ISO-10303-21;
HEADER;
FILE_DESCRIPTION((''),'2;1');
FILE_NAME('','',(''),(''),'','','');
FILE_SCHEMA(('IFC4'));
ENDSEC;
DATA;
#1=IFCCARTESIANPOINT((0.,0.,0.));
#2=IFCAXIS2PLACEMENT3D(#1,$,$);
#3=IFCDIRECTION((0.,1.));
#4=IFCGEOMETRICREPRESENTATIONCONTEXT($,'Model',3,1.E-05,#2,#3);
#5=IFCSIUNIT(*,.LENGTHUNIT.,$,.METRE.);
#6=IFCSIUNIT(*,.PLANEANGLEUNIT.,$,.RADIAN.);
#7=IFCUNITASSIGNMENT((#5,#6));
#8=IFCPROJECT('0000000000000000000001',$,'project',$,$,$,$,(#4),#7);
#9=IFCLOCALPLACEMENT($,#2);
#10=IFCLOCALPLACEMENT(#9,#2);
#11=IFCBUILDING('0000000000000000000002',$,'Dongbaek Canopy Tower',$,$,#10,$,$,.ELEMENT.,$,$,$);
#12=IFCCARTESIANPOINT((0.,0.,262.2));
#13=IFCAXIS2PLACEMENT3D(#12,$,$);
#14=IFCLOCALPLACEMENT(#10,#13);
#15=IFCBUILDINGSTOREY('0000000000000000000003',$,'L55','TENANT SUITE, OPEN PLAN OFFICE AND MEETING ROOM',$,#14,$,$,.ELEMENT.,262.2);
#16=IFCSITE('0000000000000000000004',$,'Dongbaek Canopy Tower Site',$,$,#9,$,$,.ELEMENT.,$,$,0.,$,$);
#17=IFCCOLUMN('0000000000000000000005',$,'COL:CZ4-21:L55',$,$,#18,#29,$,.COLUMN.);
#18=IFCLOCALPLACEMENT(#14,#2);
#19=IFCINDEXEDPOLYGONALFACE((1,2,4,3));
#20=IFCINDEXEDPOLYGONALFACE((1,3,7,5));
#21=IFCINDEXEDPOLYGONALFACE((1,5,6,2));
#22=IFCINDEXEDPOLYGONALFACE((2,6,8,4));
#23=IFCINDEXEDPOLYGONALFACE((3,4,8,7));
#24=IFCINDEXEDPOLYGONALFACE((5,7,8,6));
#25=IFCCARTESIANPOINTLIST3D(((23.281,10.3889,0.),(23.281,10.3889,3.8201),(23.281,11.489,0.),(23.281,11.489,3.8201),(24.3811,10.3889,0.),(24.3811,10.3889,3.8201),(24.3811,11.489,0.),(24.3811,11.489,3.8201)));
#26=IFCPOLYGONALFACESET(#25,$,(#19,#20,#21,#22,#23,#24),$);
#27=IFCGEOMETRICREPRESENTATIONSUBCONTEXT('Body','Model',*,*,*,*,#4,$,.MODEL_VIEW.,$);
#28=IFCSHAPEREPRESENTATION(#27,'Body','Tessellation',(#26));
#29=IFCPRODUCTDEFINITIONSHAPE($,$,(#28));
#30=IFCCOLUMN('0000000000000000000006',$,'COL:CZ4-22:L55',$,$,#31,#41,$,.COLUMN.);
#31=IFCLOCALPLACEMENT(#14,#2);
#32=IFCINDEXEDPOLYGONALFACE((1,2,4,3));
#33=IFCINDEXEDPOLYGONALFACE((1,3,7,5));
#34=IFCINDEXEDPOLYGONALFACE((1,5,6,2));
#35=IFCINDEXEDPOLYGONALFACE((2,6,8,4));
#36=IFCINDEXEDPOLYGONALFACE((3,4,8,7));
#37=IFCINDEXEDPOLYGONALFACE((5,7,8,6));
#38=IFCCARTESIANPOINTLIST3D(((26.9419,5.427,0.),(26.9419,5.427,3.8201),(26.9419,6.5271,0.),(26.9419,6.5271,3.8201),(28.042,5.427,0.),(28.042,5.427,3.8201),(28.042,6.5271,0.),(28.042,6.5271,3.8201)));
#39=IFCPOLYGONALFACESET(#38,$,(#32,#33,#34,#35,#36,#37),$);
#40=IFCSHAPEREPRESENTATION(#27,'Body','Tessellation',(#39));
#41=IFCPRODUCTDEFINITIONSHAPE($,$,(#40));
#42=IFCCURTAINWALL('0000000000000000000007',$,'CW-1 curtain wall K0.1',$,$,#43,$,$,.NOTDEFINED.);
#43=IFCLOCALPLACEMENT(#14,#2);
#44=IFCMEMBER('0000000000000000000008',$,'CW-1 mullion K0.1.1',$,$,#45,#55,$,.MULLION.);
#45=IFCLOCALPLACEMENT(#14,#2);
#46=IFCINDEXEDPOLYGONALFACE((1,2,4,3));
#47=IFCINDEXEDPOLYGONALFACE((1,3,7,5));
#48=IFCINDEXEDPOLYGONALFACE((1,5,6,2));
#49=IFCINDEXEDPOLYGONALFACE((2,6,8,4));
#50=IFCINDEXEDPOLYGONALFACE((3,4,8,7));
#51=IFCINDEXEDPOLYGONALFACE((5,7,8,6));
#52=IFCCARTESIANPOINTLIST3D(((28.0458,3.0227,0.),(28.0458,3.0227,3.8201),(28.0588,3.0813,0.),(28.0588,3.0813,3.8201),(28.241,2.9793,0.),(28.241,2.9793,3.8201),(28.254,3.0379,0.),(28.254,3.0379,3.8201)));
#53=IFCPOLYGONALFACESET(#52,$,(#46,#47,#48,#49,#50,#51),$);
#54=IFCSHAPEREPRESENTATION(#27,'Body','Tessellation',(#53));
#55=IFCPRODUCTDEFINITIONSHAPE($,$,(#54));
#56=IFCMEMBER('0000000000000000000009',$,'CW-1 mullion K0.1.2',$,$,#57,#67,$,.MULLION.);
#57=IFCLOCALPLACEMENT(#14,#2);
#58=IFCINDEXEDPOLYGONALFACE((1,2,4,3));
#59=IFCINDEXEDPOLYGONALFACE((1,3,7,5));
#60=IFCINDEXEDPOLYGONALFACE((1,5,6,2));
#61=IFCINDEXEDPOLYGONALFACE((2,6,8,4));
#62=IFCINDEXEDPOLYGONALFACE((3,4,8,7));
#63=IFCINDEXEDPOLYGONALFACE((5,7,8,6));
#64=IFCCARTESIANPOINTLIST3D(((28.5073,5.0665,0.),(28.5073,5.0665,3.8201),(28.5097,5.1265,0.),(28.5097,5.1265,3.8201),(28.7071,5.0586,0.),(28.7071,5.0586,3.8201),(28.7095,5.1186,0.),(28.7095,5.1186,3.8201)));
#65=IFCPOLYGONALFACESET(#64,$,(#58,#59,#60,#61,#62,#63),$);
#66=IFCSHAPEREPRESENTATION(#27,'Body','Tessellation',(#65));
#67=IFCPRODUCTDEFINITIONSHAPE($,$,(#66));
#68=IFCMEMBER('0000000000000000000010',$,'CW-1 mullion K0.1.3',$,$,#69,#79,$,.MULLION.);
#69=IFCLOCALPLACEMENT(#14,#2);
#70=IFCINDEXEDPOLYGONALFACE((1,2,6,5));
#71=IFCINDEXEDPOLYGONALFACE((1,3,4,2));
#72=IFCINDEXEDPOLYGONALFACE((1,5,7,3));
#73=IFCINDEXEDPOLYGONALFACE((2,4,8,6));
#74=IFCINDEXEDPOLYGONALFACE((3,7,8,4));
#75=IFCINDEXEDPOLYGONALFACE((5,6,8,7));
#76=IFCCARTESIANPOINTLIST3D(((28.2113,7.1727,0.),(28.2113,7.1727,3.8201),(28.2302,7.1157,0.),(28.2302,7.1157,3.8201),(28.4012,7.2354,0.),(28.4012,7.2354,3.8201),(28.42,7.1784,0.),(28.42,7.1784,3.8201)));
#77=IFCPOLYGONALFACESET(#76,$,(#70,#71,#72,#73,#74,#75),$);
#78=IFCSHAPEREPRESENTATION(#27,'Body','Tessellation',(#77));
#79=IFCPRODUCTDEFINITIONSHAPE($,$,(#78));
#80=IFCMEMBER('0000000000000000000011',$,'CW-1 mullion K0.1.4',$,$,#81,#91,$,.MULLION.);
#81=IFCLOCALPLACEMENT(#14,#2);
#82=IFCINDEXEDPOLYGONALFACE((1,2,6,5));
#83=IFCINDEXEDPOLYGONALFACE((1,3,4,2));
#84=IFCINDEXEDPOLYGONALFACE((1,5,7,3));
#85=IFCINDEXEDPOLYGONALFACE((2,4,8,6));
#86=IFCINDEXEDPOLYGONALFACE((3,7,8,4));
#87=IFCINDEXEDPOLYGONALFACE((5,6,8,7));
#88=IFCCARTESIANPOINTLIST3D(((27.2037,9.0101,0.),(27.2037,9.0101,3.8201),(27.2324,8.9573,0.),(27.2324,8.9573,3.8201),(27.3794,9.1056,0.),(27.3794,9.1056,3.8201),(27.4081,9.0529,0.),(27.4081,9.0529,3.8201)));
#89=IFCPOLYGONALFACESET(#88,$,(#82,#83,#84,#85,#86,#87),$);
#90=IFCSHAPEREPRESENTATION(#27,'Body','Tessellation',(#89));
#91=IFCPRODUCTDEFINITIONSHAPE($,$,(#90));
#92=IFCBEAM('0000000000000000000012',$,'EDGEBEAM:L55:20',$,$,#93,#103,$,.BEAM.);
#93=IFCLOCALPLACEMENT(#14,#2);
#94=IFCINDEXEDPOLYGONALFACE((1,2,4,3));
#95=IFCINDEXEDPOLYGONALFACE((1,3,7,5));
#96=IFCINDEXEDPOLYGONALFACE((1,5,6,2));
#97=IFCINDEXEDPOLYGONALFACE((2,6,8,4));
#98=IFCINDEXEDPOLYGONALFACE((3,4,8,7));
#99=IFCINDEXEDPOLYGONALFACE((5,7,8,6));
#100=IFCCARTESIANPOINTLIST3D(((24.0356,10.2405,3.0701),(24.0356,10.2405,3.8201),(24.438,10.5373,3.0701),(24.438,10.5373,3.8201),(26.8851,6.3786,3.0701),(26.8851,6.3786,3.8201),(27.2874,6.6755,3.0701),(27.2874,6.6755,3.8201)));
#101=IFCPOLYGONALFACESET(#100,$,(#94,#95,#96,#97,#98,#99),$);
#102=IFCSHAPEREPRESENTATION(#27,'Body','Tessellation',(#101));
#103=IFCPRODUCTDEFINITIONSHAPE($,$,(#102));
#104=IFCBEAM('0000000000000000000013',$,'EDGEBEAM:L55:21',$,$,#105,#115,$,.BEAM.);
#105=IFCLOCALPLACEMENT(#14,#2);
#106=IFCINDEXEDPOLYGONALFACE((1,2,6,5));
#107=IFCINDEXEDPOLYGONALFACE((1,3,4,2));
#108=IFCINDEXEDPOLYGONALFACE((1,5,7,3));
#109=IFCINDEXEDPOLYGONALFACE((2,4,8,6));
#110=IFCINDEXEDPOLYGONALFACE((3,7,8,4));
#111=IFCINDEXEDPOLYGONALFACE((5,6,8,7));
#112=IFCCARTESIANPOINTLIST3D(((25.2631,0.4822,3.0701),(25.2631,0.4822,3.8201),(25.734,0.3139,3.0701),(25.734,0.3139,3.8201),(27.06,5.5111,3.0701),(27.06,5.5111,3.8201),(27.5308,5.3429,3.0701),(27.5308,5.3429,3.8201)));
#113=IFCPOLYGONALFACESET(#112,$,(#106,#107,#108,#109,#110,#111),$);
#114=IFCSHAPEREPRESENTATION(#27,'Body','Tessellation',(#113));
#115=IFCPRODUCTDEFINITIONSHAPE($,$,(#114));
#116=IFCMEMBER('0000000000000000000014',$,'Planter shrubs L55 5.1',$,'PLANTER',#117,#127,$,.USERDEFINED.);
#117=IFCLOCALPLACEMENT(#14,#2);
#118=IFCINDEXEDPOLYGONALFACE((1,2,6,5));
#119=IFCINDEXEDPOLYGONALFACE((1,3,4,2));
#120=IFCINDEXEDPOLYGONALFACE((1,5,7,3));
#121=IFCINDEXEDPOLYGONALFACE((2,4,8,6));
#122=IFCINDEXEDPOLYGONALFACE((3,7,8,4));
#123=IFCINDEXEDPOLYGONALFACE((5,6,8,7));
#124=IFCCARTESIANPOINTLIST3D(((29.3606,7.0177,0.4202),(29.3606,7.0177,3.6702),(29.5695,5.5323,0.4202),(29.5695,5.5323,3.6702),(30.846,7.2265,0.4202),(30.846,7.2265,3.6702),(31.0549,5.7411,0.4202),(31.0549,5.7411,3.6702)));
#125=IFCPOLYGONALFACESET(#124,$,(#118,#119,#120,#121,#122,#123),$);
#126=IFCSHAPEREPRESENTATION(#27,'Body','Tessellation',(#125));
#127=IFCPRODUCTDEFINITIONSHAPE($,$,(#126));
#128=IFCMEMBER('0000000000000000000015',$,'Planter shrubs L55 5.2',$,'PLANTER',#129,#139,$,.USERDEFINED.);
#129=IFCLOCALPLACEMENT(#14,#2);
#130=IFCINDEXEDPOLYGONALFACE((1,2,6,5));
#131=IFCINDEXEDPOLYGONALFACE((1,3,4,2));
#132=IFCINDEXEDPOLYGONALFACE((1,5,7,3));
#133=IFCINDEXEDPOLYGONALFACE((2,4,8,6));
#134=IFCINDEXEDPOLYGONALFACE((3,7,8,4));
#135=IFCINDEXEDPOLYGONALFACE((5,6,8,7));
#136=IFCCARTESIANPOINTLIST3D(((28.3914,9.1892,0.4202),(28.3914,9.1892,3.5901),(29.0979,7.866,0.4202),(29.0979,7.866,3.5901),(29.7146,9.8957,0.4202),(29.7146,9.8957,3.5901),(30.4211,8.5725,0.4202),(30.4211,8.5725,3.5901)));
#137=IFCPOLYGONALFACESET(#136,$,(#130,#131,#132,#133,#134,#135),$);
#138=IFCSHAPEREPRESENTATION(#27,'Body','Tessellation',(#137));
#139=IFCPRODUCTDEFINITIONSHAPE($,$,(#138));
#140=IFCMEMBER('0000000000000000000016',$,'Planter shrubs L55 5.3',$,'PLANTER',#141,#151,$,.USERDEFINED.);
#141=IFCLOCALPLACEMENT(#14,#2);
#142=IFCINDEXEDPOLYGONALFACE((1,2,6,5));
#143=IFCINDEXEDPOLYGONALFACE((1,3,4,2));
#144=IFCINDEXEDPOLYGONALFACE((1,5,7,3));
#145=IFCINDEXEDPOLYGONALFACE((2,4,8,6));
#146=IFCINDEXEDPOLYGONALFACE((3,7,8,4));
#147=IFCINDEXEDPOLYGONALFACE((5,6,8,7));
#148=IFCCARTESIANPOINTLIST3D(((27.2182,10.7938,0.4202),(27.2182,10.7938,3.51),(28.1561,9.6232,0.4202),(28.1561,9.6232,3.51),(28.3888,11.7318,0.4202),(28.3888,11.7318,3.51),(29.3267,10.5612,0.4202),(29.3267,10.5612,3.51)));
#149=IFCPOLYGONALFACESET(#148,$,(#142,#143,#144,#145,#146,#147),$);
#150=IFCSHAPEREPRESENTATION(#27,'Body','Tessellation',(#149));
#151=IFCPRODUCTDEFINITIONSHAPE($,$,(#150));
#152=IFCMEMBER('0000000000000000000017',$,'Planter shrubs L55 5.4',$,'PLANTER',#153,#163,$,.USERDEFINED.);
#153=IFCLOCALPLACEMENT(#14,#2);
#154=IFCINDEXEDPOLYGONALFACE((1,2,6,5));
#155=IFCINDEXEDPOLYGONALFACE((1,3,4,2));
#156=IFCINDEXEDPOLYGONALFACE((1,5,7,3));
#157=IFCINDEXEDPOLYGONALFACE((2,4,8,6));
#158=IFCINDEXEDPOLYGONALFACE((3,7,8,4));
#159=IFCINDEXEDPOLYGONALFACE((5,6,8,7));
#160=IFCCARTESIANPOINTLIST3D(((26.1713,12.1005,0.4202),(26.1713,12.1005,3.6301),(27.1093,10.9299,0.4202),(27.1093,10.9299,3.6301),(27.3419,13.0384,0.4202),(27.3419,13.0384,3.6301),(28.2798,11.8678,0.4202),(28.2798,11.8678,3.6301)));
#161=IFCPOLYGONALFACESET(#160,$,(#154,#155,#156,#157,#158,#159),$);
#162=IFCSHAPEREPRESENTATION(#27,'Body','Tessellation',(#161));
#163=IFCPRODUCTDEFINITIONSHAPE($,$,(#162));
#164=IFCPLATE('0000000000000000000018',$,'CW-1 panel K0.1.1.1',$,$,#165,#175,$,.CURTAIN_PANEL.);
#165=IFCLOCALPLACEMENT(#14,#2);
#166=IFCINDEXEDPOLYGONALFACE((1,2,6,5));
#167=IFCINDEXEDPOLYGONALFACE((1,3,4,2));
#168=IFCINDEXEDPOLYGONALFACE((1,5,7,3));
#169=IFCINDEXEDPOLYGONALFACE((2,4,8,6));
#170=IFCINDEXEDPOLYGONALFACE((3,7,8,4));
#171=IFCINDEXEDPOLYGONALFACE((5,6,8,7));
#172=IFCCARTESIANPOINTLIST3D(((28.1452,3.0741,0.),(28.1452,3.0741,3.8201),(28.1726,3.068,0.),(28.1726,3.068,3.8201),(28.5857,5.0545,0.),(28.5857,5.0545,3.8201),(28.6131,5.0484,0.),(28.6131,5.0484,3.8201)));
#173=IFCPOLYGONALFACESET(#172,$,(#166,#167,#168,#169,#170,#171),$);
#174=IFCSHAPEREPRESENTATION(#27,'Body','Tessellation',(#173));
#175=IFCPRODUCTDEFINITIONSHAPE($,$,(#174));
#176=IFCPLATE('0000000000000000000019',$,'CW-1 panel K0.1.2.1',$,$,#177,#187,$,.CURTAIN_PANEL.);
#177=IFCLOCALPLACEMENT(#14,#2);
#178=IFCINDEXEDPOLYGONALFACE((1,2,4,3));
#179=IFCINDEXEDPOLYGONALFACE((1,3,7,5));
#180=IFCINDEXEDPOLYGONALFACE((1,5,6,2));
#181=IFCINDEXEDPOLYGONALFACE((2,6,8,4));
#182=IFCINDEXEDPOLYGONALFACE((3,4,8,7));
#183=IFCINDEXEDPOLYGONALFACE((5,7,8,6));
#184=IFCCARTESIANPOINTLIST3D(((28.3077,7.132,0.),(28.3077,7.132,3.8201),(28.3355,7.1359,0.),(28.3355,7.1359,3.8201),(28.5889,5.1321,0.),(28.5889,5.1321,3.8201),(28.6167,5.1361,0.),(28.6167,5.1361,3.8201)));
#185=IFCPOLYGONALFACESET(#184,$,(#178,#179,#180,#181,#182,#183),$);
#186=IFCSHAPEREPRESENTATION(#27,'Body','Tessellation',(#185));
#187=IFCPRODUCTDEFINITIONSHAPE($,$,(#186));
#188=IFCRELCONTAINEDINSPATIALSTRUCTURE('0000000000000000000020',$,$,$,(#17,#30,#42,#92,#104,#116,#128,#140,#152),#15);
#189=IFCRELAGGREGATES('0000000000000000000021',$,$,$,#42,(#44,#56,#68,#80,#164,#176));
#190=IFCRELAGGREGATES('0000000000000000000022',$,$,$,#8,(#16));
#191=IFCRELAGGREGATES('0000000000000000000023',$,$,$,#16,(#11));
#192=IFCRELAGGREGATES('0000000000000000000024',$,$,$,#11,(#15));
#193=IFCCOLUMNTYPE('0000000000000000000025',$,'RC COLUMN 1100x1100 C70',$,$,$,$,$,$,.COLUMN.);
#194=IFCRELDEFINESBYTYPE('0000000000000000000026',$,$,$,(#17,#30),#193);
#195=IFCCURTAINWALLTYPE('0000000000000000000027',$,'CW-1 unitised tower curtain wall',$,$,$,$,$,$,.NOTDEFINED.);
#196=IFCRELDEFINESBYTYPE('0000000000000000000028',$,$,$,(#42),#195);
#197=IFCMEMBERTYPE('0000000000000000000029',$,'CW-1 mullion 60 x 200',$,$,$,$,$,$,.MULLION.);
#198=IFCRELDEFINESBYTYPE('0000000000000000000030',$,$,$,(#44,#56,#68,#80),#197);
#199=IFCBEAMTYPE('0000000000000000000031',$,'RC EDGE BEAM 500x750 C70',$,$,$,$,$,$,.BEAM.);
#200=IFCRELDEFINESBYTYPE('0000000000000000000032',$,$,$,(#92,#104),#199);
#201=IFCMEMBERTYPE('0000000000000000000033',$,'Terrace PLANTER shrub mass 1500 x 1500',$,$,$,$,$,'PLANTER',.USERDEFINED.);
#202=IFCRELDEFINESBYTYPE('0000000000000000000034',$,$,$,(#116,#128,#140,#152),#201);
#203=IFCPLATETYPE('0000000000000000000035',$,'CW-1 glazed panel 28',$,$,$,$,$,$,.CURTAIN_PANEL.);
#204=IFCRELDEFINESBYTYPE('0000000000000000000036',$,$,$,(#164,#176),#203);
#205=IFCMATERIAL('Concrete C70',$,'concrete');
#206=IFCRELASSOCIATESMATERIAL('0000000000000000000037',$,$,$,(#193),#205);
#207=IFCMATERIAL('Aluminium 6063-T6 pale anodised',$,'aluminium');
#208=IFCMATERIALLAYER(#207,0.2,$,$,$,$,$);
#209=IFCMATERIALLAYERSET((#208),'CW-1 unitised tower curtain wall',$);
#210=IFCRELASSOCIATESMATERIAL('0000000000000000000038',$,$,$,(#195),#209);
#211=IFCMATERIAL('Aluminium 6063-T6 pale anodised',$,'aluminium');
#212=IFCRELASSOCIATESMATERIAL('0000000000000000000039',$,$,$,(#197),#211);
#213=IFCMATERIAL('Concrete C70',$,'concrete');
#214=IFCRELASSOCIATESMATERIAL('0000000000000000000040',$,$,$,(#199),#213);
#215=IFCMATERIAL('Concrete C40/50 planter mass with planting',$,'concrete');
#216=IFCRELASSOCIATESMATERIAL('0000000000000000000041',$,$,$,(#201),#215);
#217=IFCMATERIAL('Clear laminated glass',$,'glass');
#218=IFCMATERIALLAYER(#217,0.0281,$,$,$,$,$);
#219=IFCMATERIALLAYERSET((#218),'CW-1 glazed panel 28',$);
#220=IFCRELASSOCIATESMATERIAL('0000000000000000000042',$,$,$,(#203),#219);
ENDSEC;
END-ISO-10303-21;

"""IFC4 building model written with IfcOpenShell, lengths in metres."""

from ifc_helpers import new_model, si_unit, direction, frame, origin, origin_2d, place, context, subcontext, project, spatial, rectangle, extrude, material, layer, layer_set, material_profile, profile_set, type_object, element, aggregate, save


model = new_model("IFC4")

# Units and contexts
model_context = context("Model", 3, precision=1e-05, world=origin(), true_north=direction((0.0, 1.0)))
body_context = subcontext(model_context, "Body", "Model", "MODEL_VIEW")
ifc_project = project(units=[si_unit("LENGTHUNIT", "METRE"), si_unit("PLANEANGLEUNIT", "RADIAN")], contexts=[model_context])

# Site, building, storey
site_placement = place(None, origin())
site = spatial("IfcSite", under=ifc_project, at=site_placement, Name="Dongbaek Canopy Tower Site", CompositionType="ELEMENT", RefElevation=0.0)
building_placement = place(site_placement, origin())
building = spatial("IfcBuilding", under=site, at=building_placement, Name="Dongbaek Canopy Tower", CompositionType="ELEMENT")
storey_placement = place(building_placement, frame((0.0, 0.0, 262.2)))
storey = spatial("IfcBuildingStorey", under=building, at=storey_placement, Name="L55", Description="TENANT SUITE, OPEN PLAN OFFICE AND MEETING ROOM", CompositionType="ELEMENT", Elevation=262.2)

# Columns
ifc_material_1 = material(Name="Concrete C70", Category="concrete")
ifc_material_profile_1 = material_profile(ifc_material_1, rectangle(XDim=1.1001, YDim=1.1001, at=origin_2d()), Name="RC COLUMN 1100x1100 C70")
ifc_profile_set_1 = profile_set([ifc_material_profile_1], Name="Concrete C70")
column_type = type_object("IfcColumnType", Name="RC COLUMN 1100x1100 C70", PredefinedType="COLUMN", material=ifc_profile_set_1)
for number, where, z_axis, x_axis, name in (
    (1, (23.8311, 10.939, 0.0), (0.0, 0.0, 1.0), (1.0, 0.0, 0.0), "COL:CZ4-21:L55"),
    (2, (27.4919, 5.9771, 0.0), (0.0, 0.0, 1.0), (1.0, 0.0, 0.0), "COL:CZ4-22:L55"),
):
    element("IfcColumn", number, at=place(storey_placement, frame(where, z_axis=z_axis, x_axis=x_axis)), inside=storey, type_object=column_type, Name=name, PredefinedType="COLUMN", context=body_context, shape_type="SweptSolid", body=[
        extrude(rectangle(XDim=1.1001, YDim=1.1001, at=origin_2d()), origin(), (0.0, 0.0, 1.0), 3.8201),
    ])

# Curtain wall, members
ifc_material_2 = material(Name="Aluminium 6063-T6 pale anodised", Category="aluminium")
ifc_layer_1 = layer(ifc_material_2, 0.2)
ifc_layer_set_1 = layer_set([ifc_layer_1], Name="CW-1 unitised tower curtain wall")
curtain_wall_type = type_object("IfcCurtainWallType", Name="CW-1 unitised tower curtain wall", PredefinedType="NOTDEFINED", material=ifc_layer_set_1)
curtain_wall_1_placement = place(storey_placement, origin())
curtain_wall_1 = element("IfcCurtainWall", 3, at=curtain_wall_1_placement, inside=storey, type_object=curtain_wall_type, Name="CW-1 curtain wall K0.1", PredefinedType="NOTDEFINED")
ifc_material_3 = material(Name="Aluminium 6063-T6 pale anodised", Category="aluminium")
ifc_material_profile_2 = material_profile(ifc_material_3, rectangle(XDim=0.2, YDim=0.0601, at=origin_2d()), Name="CW-1 mullion 60 x 200")
ifc_profile_set_2 = profile_set([ifc_material_profile_2], Name="Aluminium 6063-T6 pale anodised")
member_type_1 = type_object("IfcMemberType", Name="CW-1 mullion 60 x 200", PredefinedType="MULLION", material=ifc_profile_set_2)
member_1_placement = place(storey_placement, frame((28.1499, 3.0303, 0.0), z_axis=(0.0, 0.0, 1.0), x_axis=(0.976147, -0.217111, 0.0)))
member_1 = element("IfcMember", 4, at=member_1_placement, type_object=member_type_1, Name="CW-1 mullion K0.1.1", PredefinedType="MULLION", context=body_context, shape_type="SweptSolid", body=[
    extrude(rectangle(XDim=0.2, YDim=0.0601, at=origin_2d()), origin(), (0.0, 0.0, 1.0), 3.8201),
])
member_2_placement = place(storey_placement, frame((28.6084, 5.0925, 0.0), z_axis=(0.0, 0.0, 1.0), x_axis=(0.999217, -0.039568, 0.0)))
member_2 = element("IfcMember", 5, at=member_2_placement, type_object=member_type_1, Name="CW-1 mullion K0.1.2", PredefinedType="MULLION", context=body_context, shape_type="SweptSolid", body=[
    extrude(rectangle(XDim=0.2, YDim=0.0601, at=origin_2d()), origin(), (0.0, 0.0, 1.0), 3.8201),
])
member_3_placement = place(storey_placement, frame((28.3157, 7.1755, 0.0), z_axis=(0.0, 0.0, 1.0), x_axis=(0.949558, 0.313592, 0.0)))
member_3 = element("IfcMember", 6, at=member_3_placement, type_object=member_type_1, Name="CW-1 mullion K0.1.3", PredefinedType="MULLION", context=body_context, shape_type="SweptSolid", body=[
    extrude(rectangle(XDim=0.2, YDim=0.0601, at=origin_2d()), origin(), (0.0, 0.0, 1.0), 3.8201),
])
member_4_placement = place(storey_placement, frame((27.3059, 9.0315, 0.0), z_axis=(0.0, 0.0, 1.0), x_axis=(0.878421, 0.477888, 0.0)))
member_4 = element("IfcMember", 7, at=member_4_placement, type_object=member_type_1, Name="CW-1 mullion K0.1.4", PredefinedType="MULLION", context=body_context, shape_type="SweptSolid", body=[
    extrude(rectangle(XDim=0.2, YDim=0.0601, at=origin_2d()), origin(), (0.0, 0.0, 1.0), 3.8201),
])

# Beams
ifc_material_4 = material(Name="Concrete C70", Category="concrete")
ifc_material_profile_3 = material_profile(ifc_material_4, rectangle(XDim=0.5, YDim=0.75, at=origin_2d()), Name="RC EDGE BEAM 500x750 C70")
ifc_profile_set_3 = profile_set([ifc_material_profile_3], Name="Concrete C70")
beam_type = type_object("IfcBeamType", Name="RC EDGE BEAM 500x750 C70", PredefinedType="BEAM", material=ifc_profile_set_3)
beam_1_placement = place(storey_placement, frame((24.2368, 10.3889, 3.4451), z_axis=(0.593714, -0.804676, 0.0), x_axis=(0.804676, 0.593714, 0.0)))
element("IfcBeam", 8, at=beam_1_placement, inside=storey, type_object=beam_type, Name="EDGEBEAM:L55:20", PredefinedType="BEAM", context=body_context, shape_type="SweptSolid", body=[
    extrude(rectangle(XDim=0.5, YDim=0.75, at=origin_2d()), origin(), (0.0, 0.0, 1.0), 4.7993),
])
beam_2_placement = place(storey_placement, frame((27.2954, 5.427, 3.4451), z_axis=(-0.336467, -0.941695, 0.0), x_axis=(0.941695, -0.336467, 0.0)))
element("IfcBeam", 9, at=beam_2_placement, inside=storey, type_object=beam_type, Name="EDGEBEAM:L55:21", PredefinedType="BEAM", context=body_context, shape_type="SweptSolid", body=[
    extrude(rectangle(XDim=0.5, YDim=0.75, at=origin_2d()), origin(), (0.0, 0.0, 1.0), 5.3403),
])

# Members
ifc_material_5 = material(Name="Concrete C40/50 planter mass with planting", Category="concrete")
ifc_material_profile_4 = material_profile(ifc_material_5, rectangle(XDim=1.5, YDim=1.5, at=origin_2d()), Name="Terrace PLANTER shrub mass 1500 x 1500")
ifc_profile_set_4 = profile_set([ifc_material_profile_4], Name="Concrete C40/50 planter mass with planting")
member_type_2 = type_object("IfcMemberType", Name="Terrace PLANTER shrub mass 1500 x 1500", ElementType="PLANTER", PredefinedType="USERDEFINED", material=ifc_profile_set_4)
member_5_placement = place(storey_placement, frame((30.2078, 6.3794, 0.4202), z_axis=(0.0, 0.0, 1.0), x_axis=(0.990258, 0.139244, 0.0)))
element("IfcMember", 10, at=member_5_placement, inside=storey, type_object=member_type_2, Name="Planter shrubs L55 5.1", ObjectType="PLANTER", PredefinedType="USERDEFINED", context=body_context, shape_type="SweptSolid", body=[
    extrude(rectangle(XDim=1.5, YDim=1.5, at=origin_2d()), origin(), (0.0, 0.0, 1.0), 3.25),
])
member_6_placement = place(storey_placement, frame((29.4062, 8.8809, 0.4202), z_axis=(0.0, 0.0, 1.0), x_axis=(0.882136, 0.470995, 0.0)))
element("IfcMember", 11, at=member_6_placement, inside=storey, type_object=member_type_2, Name="Planter shrubs L55 5.2", ObjectType="PLANTER", PredefinedType="USERDEFINED", context=body_context, shape_type="SweptSolid", body=[
    extrude(rectangle(XDim=1.5, YDim=1.5, at=origin_2d()), origin(), (0.0, 0.0, 1.0), 3.1699),
])
member_7_placement = place(storey_placement, frame((28.2725, 10.6775, 0.4202), z_axis=(0.0, 0.0, 1.0), x_axis=(0.780395, 0.625287, 0.0)))
element("IfcMember", 12, at=member_7_placement, inside=storey, type_object=member_type_2, Name="Planter shrubs L55 5.3", ObjectType="PLANTER", PredefinedType="USERDEFINED", context=body_context, shape_type="SweptSolid", body=[
    extrude(rectangle(XDim=1.5, YDim=1.5, at=origin_2d()), origin(), (0.0, 0.0, 1.0), 3.0898),
])
member_8_placement = place(storey_placement, frame((27.2256, 11.9841, 0.4202), z_axis=(0.0, 0.0, 1.0), x_axis=(0.780395, 0.625287, 0.0)))
element("IfcMember", 13, at=member_8_placement, inside=storey, type_object=member_type_2, Name="Planter shrubs L55 5.4", ObjectType="PLANTER", PredefinedType="USERDEFINED", context=body_context, shape_type="SweptSolid", body=[
    extrude(rectangle(XDim=1.5, YDim=1.5, at=origin_2d()), origin(), (0.0, 0.0, 1.0), 3.21),
])

# Plates
ifc_material_6 = material(Name="Clear laminated glass", Category="glass")
ifc_layer_2 = layer(ifc_material_6, 0.0281)
ifc_layer_set_2 = layer_set([ifc_layer_2], Name="CW-1 glazed panel 28")
plate_type = type_object("IfcPlateType", Name="CW-1 glazed panel 28", PredefinedType="CURTAIN_PANEL", material=ifc_layer_set_2)
plate_1_placement = place(storey_placement, frame((28.3792, 4.0613, 0.0), z_axis=(0.0, 0.0, 1.0), x_axis=(0.217111, 0.976147, 0.0)))
plate_1 = element("IfcPlate", 14, at=plate_1_placement, type_object=plate_type, Name="CW-1 panel K0.1.1.1", PredefinedType="CURTAIN_PANEL", context=body_context, shape_type="SweptSolid", body=[
    extrude(rectangle(XDim=2.0288, YDim=0.0281, at=origin_2d()), origin(), (0.0, 0.0, 1.0), 3.8201),
])
plate_2_placement = place(storey_placement, frame((28.4622, 6.134, 0.0), z_axis=(0.0, 0.0, 1.0), x_axis=(-0.139244, 0.990258, 0.0)))
plate_2 = element("IfcPlate", 15, at=plate_2_placement, type_object=plate_type, Name="CW-1 panel K0.1.2.1", PredefinedType="CURTAIN_PANEL", context=body_context, shape_type="SweptSolid", body=[
    extrude(rectangle(XDim=2.0195, YDim=0.0281, at=origin_2d()), origin(), (0.0, 0.0, 1.0), 3.8201),
])
aggregate(curtain_wall_1, [member_1, member_2, member_3, member_4, plate_1, plate_2])

save(model, "model.ifc")
